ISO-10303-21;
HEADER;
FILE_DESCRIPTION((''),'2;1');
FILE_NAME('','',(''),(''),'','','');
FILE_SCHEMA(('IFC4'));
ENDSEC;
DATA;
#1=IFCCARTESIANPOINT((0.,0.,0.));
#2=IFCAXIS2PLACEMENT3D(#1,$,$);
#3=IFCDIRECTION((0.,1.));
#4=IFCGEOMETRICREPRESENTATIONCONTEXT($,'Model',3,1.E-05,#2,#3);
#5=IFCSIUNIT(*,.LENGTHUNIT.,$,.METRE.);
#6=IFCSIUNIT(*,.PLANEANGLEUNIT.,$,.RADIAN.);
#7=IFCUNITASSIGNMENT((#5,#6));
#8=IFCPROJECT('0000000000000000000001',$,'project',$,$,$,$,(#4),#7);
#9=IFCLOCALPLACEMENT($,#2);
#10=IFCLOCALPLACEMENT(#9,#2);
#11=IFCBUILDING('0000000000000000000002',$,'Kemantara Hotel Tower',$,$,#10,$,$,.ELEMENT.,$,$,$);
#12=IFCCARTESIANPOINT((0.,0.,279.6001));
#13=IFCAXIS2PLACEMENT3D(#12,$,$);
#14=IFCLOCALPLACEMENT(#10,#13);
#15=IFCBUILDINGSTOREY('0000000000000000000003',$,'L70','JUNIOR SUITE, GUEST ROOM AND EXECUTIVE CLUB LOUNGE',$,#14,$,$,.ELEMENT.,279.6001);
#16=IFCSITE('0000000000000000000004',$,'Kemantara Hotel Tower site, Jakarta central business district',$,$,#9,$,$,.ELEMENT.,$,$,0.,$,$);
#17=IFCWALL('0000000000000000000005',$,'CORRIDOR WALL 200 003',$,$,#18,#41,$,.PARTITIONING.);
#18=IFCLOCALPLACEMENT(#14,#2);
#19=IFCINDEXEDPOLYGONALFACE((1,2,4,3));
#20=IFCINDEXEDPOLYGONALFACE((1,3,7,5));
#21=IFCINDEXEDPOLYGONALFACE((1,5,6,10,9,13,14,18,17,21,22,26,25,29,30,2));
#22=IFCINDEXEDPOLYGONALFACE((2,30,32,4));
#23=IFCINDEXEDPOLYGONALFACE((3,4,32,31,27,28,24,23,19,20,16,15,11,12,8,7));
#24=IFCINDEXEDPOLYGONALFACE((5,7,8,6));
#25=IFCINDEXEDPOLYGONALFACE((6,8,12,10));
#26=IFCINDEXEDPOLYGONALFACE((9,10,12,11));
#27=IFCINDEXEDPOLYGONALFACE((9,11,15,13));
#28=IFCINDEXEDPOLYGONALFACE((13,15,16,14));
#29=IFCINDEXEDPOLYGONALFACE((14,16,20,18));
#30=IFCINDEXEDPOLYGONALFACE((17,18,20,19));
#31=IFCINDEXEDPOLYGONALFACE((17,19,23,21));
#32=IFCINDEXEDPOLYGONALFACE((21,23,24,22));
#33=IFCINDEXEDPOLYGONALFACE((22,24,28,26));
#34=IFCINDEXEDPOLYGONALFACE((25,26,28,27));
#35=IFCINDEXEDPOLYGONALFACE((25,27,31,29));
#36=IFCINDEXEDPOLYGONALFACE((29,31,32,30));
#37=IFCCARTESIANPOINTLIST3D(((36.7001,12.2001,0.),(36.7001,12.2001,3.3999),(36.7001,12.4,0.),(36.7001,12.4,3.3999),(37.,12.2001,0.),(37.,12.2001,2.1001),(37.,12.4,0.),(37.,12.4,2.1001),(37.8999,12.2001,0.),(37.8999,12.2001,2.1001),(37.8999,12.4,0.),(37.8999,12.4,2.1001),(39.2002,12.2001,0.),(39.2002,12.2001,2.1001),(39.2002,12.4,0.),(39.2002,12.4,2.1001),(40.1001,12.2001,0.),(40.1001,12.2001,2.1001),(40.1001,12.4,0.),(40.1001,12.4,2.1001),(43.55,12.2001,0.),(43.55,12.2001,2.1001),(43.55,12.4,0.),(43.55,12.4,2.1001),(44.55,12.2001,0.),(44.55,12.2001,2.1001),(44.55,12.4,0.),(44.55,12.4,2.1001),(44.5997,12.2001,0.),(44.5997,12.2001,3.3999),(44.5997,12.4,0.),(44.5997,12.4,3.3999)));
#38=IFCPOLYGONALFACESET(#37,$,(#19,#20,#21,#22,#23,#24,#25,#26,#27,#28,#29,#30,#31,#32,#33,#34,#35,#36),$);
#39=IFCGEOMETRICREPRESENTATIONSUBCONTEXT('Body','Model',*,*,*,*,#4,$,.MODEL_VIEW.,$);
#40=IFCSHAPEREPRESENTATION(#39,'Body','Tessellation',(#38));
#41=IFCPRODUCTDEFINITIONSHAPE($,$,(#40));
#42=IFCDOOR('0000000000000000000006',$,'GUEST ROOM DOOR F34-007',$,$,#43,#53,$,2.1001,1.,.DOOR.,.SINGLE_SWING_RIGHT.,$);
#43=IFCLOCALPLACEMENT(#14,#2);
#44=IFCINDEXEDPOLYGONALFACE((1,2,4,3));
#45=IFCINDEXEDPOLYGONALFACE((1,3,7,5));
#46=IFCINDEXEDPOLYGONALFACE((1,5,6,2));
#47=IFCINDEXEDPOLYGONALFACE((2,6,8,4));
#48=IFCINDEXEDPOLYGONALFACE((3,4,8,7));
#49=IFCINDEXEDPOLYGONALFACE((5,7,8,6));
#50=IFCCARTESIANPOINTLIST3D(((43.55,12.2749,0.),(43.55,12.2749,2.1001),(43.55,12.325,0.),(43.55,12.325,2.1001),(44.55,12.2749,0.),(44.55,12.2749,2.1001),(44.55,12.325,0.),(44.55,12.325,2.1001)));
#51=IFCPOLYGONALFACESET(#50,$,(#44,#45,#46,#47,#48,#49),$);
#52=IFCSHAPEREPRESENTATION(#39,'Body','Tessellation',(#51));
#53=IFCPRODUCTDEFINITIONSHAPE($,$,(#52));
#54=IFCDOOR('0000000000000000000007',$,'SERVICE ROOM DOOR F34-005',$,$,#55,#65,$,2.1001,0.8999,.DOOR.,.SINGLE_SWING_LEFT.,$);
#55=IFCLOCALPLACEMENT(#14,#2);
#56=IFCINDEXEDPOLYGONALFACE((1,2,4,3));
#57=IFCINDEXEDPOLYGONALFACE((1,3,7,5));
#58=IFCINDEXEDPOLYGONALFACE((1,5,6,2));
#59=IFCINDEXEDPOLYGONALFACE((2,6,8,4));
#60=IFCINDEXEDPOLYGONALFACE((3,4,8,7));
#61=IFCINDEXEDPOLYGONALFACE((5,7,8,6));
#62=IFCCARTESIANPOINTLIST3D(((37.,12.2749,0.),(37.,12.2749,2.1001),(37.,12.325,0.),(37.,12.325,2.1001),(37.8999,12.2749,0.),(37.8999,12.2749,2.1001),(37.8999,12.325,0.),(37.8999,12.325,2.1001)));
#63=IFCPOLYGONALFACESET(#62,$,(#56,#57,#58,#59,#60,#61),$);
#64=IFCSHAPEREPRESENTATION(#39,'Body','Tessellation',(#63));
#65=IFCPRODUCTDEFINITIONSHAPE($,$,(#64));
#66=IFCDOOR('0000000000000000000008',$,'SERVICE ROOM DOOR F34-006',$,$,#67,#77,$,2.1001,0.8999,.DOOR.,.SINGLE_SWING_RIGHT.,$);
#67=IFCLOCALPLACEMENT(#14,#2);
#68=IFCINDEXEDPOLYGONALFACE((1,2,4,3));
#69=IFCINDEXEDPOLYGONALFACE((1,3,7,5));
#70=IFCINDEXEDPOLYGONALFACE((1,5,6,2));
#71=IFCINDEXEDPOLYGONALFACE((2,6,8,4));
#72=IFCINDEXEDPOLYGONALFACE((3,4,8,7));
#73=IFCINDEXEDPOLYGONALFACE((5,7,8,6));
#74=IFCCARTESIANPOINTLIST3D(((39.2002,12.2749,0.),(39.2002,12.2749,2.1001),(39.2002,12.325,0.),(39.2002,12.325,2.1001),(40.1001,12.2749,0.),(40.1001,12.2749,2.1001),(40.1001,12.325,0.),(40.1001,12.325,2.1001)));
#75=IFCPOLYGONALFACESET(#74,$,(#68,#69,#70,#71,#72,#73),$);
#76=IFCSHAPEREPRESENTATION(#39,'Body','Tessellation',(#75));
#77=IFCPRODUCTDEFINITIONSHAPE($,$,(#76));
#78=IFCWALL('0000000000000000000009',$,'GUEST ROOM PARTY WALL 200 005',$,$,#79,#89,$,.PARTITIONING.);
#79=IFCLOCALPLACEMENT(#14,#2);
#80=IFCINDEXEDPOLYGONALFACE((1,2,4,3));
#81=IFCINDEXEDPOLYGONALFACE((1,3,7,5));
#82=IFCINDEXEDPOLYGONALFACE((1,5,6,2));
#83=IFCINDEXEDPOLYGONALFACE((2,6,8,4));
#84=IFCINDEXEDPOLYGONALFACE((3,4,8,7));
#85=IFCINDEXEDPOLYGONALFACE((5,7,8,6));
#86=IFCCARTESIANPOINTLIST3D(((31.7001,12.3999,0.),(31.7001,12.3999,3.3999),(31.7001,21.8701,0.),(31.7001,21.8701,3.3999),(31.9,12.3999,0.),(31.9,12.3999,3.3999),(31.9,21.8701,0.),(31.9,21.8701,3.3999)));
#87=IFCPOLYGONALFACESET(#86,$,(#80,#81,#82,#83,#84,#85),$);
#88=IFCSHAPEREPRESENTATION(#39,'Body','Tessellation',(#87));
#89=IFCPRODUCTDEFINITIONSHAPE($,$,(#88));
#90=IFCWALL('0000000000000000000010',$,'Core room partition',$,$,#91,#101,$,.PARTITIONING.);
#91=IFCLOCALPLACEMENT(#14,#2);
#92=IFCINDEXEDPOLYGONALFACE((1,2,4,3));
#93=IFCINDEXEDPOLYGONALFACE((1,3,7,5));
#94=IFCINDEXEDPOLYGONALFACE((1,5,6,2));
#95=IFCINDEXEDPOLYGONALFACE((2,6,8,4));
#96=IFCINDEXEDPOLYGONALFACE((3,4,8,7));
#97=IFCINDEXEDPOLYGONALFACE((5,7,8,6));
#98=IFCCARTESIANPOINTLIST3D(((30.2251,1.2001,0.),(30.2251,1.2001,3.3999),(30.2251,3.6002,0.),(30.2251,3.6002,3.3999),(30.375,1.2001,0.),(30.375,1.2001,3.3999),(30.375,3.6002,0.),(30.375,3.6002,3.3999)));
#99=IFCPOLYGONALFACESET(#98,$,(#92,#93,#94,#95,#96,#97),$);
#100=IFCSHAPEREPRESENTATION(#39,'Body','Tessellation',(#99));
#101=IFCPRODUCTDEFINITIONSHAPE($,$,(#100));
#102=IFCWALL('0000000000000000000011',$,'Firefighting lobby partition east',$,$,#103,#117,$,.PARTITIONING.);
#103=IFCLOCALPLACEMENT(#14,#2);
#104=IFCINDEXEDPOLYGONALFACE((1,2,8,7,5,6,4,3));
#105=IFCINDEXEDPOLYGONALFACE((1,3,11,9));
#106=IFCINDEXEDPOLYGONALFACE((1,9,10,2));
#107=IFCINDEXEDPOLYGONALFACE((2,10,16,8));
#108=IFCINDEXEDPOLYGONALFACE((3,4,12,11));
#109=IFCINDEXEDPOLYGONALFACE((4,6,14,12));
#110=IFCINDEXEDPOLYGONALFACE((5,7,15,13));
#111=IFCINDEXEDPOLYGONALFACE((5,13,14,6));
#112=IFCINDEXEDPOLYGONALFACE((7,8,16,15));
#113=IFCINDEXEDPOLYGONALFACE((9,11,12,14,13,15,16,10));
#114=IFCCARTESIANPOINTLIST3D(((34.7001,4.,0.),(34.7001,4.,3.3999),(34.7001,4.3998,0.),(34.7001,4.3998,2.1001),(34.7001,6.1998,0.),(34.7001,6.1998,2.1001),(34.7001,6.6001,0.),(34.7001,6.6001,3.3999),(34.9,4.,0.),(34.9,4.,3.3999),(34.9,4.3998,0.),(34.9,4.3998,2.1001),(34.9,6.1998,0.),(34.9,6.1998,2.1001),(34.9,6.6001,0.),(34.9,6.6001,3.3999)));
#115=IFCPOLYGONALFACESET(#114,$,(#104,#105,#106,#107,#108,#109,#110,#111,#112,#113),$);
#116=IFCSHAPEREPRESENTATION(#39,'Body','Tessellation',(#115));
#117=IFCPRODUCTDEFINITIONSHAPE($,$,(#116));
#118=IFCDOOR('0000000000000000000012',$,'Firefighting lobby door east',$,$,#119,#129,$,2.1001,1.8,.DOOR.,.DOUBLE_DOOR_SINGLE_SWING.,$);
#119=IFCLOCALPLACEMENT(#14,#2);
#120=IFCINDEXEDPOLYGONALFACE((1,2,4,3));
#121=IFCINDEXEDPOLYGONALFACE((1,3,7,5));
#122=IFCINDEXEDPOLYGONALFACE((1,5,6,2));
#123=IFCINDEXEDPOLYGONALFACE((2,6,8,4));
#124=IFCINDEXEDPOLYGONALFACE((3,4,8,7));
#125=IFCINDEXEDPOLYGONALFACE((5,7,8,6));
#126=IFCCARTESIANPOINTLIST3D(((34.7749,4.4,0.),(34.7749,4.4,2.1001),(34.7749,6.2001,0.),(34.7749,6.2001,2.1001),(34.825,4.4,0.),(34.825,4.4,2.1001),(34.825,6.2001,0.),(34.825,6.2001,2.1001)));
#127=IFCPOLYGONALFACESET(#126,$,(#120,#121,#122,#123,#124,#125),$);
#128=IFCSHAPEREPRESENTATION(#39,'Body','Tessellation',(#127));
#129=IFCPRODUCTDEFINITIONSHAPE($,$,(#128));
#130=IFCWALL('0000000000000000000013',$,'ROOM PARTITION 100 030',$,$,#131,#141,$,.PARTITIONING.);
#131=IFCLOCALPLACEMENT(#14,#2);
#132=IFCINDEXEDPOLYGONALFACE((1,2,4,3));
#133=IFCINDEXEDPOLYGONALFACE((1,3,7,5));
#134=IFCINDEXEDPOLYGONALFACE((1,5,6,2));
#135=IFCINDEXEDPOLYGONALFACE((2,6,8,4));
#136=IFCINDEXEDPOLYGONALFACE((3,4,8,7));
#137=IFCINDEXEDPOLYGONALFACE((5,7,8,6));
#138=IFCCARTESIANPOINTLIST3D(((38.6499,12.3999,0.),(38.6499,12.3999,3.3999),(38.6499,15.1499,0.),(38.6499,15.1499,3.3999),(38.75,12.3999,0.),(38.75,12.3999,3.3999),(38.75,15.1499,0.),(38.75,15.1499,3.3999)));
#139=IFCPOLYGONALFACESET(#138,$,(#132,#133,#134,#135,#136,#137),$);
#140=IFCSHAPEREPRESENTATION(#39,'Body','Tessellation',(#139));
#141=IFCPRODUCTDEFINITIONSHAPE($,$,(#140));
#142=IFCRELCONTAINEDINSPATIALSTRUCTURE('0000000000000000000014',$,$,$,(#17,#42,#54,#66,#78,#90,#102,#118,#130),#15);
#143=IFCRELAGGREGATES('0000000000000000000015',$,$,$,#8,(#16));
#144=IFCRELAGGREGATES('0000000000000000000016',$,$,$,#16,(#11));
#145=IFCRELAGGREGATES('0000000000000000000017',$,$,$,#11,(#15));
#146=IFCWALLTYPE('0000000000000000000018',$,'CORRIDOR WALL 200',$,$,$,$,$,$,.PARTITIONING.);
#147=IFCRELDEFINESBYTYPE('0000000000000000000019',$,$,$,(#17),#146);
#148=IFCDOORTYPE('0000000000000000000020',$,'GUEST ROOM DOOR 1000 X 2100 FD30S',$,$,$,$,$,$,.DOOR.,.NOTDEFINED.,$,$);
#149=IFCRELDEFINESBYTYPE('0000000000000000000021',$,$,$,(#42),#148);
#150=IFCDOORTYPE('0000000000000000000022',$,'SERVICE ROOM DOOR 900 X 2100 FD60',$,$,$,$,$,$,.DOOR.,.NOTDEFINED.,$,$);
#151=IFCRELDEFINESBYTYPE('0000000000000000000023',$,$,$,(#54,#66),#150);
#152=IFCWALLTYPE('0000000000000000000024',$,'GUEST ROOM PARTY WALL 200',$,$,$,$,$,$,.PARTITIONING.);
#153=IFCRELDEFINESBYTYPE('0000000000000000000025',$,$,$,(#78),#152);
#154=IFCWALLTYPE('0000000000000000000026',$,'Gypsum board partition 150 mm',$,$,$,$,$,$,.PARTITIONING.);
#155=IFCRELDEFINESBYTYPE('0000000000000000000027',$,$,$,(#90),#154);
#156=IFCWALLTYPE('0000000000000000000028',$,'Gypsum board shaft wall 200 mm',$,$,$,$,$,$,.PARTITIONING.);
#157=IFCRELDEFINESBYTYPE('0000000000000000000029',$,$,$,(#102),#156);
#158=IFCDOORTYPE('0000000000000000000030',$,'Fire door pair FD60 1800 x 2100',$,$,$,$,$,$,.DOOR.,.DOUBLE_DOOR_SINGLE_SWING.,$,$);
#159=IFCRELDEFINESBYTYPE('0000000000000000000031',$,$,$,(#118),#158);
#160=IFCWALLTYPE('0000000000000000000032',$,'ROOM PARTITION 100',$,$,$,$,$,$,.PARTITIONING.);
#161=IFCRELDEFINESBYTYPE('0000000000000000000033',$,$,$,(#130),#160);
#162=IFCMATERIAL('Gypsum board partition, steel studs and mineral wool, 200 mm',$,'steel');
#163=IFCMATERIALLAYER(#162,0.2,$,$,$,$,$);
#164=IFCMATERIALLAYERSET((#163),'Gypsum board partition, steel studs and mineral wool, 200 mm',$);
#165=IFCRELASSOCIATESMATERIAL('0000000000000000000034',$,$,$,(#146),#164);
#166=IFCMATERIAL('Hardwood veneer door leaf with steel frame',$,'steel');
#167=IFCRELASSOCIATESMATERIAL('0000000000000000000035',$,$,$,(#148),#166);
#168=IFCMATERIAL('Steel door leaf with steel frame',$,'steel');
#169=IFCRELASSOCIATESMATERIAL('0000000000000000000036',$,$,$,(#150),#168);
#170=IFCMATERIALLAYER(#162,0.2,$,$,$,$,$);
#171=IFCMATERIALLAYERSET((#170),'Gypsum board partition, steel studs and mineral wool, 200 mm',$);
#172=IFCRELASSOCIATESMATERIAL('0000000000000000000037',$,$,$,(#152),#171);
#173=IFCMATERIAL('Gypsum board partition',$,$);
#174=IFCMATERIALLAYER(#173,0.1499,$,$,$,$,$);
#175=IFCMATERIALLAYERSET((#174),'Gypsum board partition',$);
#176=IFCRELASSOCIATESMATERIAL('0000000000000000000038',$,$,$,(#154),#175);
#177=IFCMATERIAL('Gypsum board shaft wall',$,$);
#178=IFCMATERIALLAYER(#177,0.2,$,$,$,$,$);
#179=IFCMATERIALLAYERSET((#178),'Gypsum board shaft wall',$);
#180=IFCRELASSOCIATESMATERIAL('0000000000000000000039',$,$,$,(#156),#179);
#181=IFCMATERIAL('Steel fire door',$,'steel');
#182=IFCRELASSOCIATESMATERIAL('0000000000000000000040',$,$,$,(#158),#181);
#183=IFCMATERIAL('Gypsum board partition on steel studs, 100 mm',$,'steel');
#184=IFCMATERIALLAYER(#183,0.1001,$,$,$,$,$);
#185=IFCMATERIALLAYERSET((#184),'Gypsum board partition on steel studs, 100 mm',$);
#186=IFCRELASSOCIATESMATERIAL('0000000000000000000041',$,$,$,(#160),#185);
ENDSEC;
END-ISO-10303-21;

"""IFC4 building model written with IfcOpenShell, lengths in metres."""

from ifc_helpers import new_model, si_unit, direction, frame, frame_2d, origin, place, context, subcontext, project, spatial, rectangle, extrude, material, layer, layer_set, type_object, element, fill, save


model = new_model("IFC4")

# Units and contexts
model_context = context("Model", 3, precision=1e-05, world=origin(), true_north=direction((0.0, 1.0)))
body_context = subcontext(model_context, "Body", "Model", "MODEL_VIEW")
ifc_project = project(units=[si_unit("LENGTHUNIT", "METRE"), si_unit("PLANEANGLEUNIT", "RADIAN")], contexts=[model_context])

# Site, building, storey
site_placement = place(None, origin())
site = spatial("IfcSite", under=ifc_project, at=site_placement, Name="Kemantara Hotel Tower site, Jakarta central business district", CompositionType="ELEMENT", RefElevation=0.0)
building_placement = place(site_placement, origin())
building = spatial("IfcBuilding", under=site, at=building_placement, Name="Kemantara Hotel Tower", CompositionType="ELEMENT")
storey_placement = place(building_placement, frame((0.0, 0.0, 279.6001)))
storey = spatial("IfcBuildingStorey", under=building, at=storey_placement, Name="L70", Description="JUNIOR SUITE, GUEST ROOM AND EXECUTIVE CLUB LOUNGE", CompositionType="ELEMENT", Elevation=279.6001)

# Shared definitions
ifc_material_1 = material(Name="Steel fire door", Category="steel")

# Wall, openings, doors
ifc_material_2 = material(Name="Gypsum board partition, steel studs and mineral wool, 200 mm", Category="steel")
ifc_layer_1 = layer(ifc_material_2, 0.2)
ifc_layer_set_1 = layer_set([ifc_layer_1], Name="Gypsum board partition, steel studs and mineral wool, 200 mm")
wall_type_1 = type_object("IfcWallType", Name="CORRIDOR WALL 200", PredefinedType="PARTITIONING", material=ifc_layer_set_1)
wall_1_placement = place(storey_placement, frame((36.7002, 12.3, 0.0), z_axis=(0.0, 0.0, 1.0), x_axis=(1.0, 0.0, 0.0)))
wall_1 = element("IfcWall", 1, at=wall_1_placement, inside=storey, type_object=wall_type_1, Name="CORRIDOR WALL 200 003", PredefinedType="PARTITIONING", context=body_context, shape_type="SweptSolid", body=[
    extrude(rectangle(XDim=7.8997, YDim=0.2, at=frame_2d((3.9497, 0.0))), origin(), (0.0, 0.0, 1.0), 3.3999),
])
opening_1_placement = place(wall_1_placement, frame((0.2998, 0.0, 0.0)))
opening_1 = element("IfcOpeningElement", 2, at=opening_1_placement, cuts=wall_1, PredefinedType="OPENING", context=body_context, shape_type="SweptSolid", body=[
    extrude(rectangle(XDim=0.8999, YDim=2.1001, at=frame_2d((0.45, 1.05))), frame((0.0, 0.1099, 0.0), z_axis=(0.0, -1.0, 0.0), x_axis=(1.0, 0.0, 0.0)), (0.0, 0.0, 1.0), 0.22),
])
opening_2_placement = place(wall_1_placement, frame((2.5, 0.0, 0.0)))
opening_2 = element("IfcOpeningElement", 3, at=opening_2_placement, cuts=wall_1, PredefinedType="OPENING", context=body_context, shape_type="SweptSolid", body=[
    extrude(rectangle(XDim=0.8999, YDim=2.1001, at=frame_2d((0.45, 1.05))), frame((0.0, 0.1099, 0.0), z_axis=(0.0, -1.0, 0.0), x_axis=(1.0, 0.0, 0.0)), (0.0, 0.0, 1.0), 0.22),
])
opening_3_placement = place(wall_1_placement, frame((6.8499, 0.0, 0.0)))
opening_3 = element("IfcOpeningElement", 4, at=opening_3_placement, cuts=wall_1, PredefinedType="OPENING", context=body_context, shape_type="SweptSolid", body=[
    extrude(rectangle(XDim=1.0, YDim=2.1001, at=frame_2d((0.5, 1.05))), frame((0.0, 0.1099, 0.0), z_axis=(0.0, -1.0, 0.0), x_axis=(1.0, 0.0, 0.0)), (0.0, 0.0, 1.0), 0.22),
])
ifc_material_3 = material(Name="Hardwood veneer door leaf with steel frame", Category="steel")
door_type_1 = type_object("IfcDoorType", Name="GUEST ROOM DOOR 1000 X 2100 FD30S", OperationType="NOTDEFINED", PredefinedType="DOOR", material=ifc_material_3)
door_1_placement = place(opening_3_placement, origin())
door_1 = element("IfcDoor", 5, at=door_1_placement, inside=storey, type_object=door_type_1, Name="GUEST ROOM DOOR F34-007", OperationType="SINGLE_SWING_RIGHT", OverallHeight=2.1001, OverallWidth=1.0, PredefinedType="DOOR", context=body_context, shape_type="SweptSolid", body=[
    extrude(rectangle(XDim=1.0, YDim=2.1001, at=frame_2d((0.5, 1.05))), frame((0.0, 0.0249, 0.0), z_axis=(0.0, -1.0, 0.0), x_axis=(1.0, 0.0, 0.0)), (0.0, 0.0, 1.0), 0.05),
])
fill(opening_3, door_1)
ifc_material_4 = material(Name="Steel door leaf with steel frame", Category="steel")
door_type_2 = type_object("IfcDoorType", Name="SERVICE ROOM DOOR 900 X 2100 FD60", OperationType="NOTDEFINED", PredefinedType="DOOR", material=ifc_material_4)
door_2_placement = place(opening_1_placement, origin())
door_2 = element("IfcDoor", 6, at=door_2_placement, inside=storey, type_object=door_type_2, Name="SERVICE ROOM DOOR F34-005", OperationType="SINGLE_SWING_LEFT", OverallHeight=2.1001, OverallWidth=0.8999, PredefinedType="DOOR", context=body_context, shape_type="SweptSolid", body=[
    extrude(rectangle(XDim=0.8999, YDim=2.1001, at=frame_2d((0.45, 1.05))), frame((0.0, 0.0249, 0.0), z_axis=(0.0, -1.0, 0.0), x_axis=(1.0, 0.0, 0.0)), (0.0, 0.0, 1.0), 0.05),
])
fill(opening_1, door_2)
door_3_placement = place(opening_2_placement, origin())
door_3 = element("IfcDoor", 7, at=door_3_placement, inside=storey, type_object=door_type_2, Name="SERVICE ROOM DOOR F34-006", OperationType="SINGLE_SWING_RIGHT", OverallHeight=2.1001, OverallWidth=0.8999, PredefinedType="DOOR", context=body_context, shape_type="SweptSolid", body=[
    extrude(rectangle(XDim=0.8999, YDim=2.1001, at=frame_2d((0.45, 1.05))), frame((0.0, 0.0249, 0.0), z_axis=(0.0, -1.0, 0.0), x_axis=(1.0, 0.0, 0.0)), (0.0, 0.0, 1.0), 0.05),
])
fill(opening_2, door_3)

# Walls
ifc_layer_2 = layer(ifc_material_2, 0.2)
ifc_layer_set_2 = layer_set([ifc_layer_2], Name="Gypsum board partition, steel studs and mineral wool, 200 mm")
wall_type_2 = type_object("IfcWallType", Name="GUEST ROOM PARTY WALL 200", PredefinedType="PARTITIONING", material=ifc_layer_set_2)
wall_2_placement = place(storey_placement, frame((31.8, 12.3999, 0.0), z_axis=(0.0, 0.0, 1.0), x_axis=(0.0, 1.0, 0.0)))
element("IfcWall", 8, at=wall_2_placement, inside=storey, type_object=wall_type_2, Name="GUEST ROOM PARTY WALL 200 005", PredefinedType="PARTITIONING", context=body_context, shape_type="SweptSolid", body=[
    extrude(rectangle(XDim=9.4702, YDim=0.2, at=frame_2d((4.7351, 0.0))), origin(), (0.0, 0.0, 1.0), 3.3999),
])
ifc_material_5 = material(Name="Gypsum board partition")
ifc_layer_3 = layer(ifc_material_5, 0.1499)
ifc_layer_set_3 = layer_set([ifc_layer_3], Name="Gypsum board partition")
wall_type_3 = type_object("IfcWallType", Name="Gypsum board partition 150 mm", PredefinedType="PARTITIONING", material=ifc_layer_set_3)
wall_3_placement = place(storey_placement, frame((30.3, 1.2, 0.0), z_axis=(0.0, 0.0, 1.0), x_axis=(0.0, 1.0, 0.0)))
element("IfcWall", 9, at=wall_3_placement, inside=storey, type_object=wall_type_3, Name="Core room partition", PredefinedType="PARTITIONING", context=body_context, shape_type="SweptSolid", body=[
    extrude(rectangle(XDim=2.4001, YDim=0.1499, at=frame_2d((1.2002, 0.0))), origin(), (0.0, 0.0, 1.0), 3.3999),
])

# Wall, opening, door
ifc_material_6 = material(Name="Gypsum board shaft wall")
ifc_layer_4 = layer(ifc_material_6, 0.2)
ifc_layer_set_4 = layer_set([ifc_layer_4], Name="Gypsum board shaft wall")
wall_type_4 = type_object("IfcWallType", Name="Gypsum board shaft wall 200 mm", PredefinedType="PARTITIONING", material=ifc_layer_set_4)
wall_4_placement = place(storey_placement, frame((34.8, 4.0, 0.0), z_axis=(0.0, 0.0, 1.0), x_axis=(0.0, 1.0, 0.0)))
wall_4 = element("IfcWall", 10, at=wall_4_placement, inside=storey, type_object=wall_type_4, Name="Firefighting lobby partition east", PredefinedType="PARTITIONING", context=body_context, shape_type="SweptSolid", body=[
    extrude(rectangle(XDim=2.6001, YDim=0.2, at=frame_2d((1.3, 0.0))), origin(), (0.0, 0.0, 1.0), 3.3999),
])
opening_4_placement = place(wall_4_placement, frame((0.3999, 0.0, 0.0)))
opening_4 = element("IfcOpeningElement", 11, at=opening_4_placement, cuts=wall_4, PredefinedType="OPENING", context=body_context, shape_type="SweptSolid", body=[
    extrude(rectangle(XDim=1.8, YDim=2.1001, at=frame_2d((0.8999, 1.05))), frame((0.0, 0.1099, 0.0), z_axis=(0.0, -1.0, 0.0), x_axis=(1.0, 0.0, 0.0)), (0.0, 0.0, 1.0), 0.22),
])
door_type_3 = type_object("IfcDoorType", Name="Fire door pair FD60 1800 x 2100", OperationType="DOUBLE_DOOR_SINGLE_SWING", PredefinedType="DOOR", material=ifc_material_1)
door_4_placement = place(opening_4_placement, frame((1.8, 0.0, 0.0), z_axis=(0.0, 0.0, 1.0), x_axis=(-1.0, 0.0, 0.0)))
door_4 = element("IfcDoor", 12, at=door_4_placement, inside=storey, type_object=door_type_3, Name="Firefighting lobby door east", OperationType="DOUBLE_DOOR_SINGLE_SWING", OverallHeight=2.1001, OverallWidth=1.8, PredefinedType="DOOR", context=body_context, shape_type="SweptSolid", body=[
    extrude(rectangle(XDim=1.8, YDim=2.1001, at=frame_2d((0.8999, 1.05))), frame((0.0, 0.0249, 0.0), z_axis=(0.0, -1.0, 0.0), x_axis=(1.0, 0.0, 0.0)), (0.0, 0.0, 1.0), 0.05),
])
fill(opening_4, door_4)

# Wall
ifc_material_7 = material(Name="Gypsum board partition on steel studs, 100 mm", Category="steel")
ifc_layer_5 = layer(ifc_material_7, 0.1001)
ifc_layer_set_5 = layer_set([ifc_layer_5], Name="Gypsum board partition on steel studs, 100 mm")
wall_type_5 = type_object("IfcWallType", Name="ROOM PARTITION 100", PredefinedType="PARTITIONING", material=ifc_layer_set_5)
wall_5_placement = place(storey_placement, frame((38.7, 12.3999, 0.0), z_axis=(0.0, 0.0, 1.0), x_axis=(0.0, 1.0, 0.0)))
element("IfcWall", 13, at=wall_5_placement, inside=storey, type_object=wall_type_5, Name="ROOM PARTITION 100 030", PredefinedType="PARTITIONING", context=body_context, shape_type="SweptSolid", body=[
    extrude(rectangle(XDim=2.75, YDim=0.1001, at=frame_2d((1.375, 0.0))), origin(), (0.0, 0.0, 1.0), 3.3999),
])

save(model, "model.ifc")
